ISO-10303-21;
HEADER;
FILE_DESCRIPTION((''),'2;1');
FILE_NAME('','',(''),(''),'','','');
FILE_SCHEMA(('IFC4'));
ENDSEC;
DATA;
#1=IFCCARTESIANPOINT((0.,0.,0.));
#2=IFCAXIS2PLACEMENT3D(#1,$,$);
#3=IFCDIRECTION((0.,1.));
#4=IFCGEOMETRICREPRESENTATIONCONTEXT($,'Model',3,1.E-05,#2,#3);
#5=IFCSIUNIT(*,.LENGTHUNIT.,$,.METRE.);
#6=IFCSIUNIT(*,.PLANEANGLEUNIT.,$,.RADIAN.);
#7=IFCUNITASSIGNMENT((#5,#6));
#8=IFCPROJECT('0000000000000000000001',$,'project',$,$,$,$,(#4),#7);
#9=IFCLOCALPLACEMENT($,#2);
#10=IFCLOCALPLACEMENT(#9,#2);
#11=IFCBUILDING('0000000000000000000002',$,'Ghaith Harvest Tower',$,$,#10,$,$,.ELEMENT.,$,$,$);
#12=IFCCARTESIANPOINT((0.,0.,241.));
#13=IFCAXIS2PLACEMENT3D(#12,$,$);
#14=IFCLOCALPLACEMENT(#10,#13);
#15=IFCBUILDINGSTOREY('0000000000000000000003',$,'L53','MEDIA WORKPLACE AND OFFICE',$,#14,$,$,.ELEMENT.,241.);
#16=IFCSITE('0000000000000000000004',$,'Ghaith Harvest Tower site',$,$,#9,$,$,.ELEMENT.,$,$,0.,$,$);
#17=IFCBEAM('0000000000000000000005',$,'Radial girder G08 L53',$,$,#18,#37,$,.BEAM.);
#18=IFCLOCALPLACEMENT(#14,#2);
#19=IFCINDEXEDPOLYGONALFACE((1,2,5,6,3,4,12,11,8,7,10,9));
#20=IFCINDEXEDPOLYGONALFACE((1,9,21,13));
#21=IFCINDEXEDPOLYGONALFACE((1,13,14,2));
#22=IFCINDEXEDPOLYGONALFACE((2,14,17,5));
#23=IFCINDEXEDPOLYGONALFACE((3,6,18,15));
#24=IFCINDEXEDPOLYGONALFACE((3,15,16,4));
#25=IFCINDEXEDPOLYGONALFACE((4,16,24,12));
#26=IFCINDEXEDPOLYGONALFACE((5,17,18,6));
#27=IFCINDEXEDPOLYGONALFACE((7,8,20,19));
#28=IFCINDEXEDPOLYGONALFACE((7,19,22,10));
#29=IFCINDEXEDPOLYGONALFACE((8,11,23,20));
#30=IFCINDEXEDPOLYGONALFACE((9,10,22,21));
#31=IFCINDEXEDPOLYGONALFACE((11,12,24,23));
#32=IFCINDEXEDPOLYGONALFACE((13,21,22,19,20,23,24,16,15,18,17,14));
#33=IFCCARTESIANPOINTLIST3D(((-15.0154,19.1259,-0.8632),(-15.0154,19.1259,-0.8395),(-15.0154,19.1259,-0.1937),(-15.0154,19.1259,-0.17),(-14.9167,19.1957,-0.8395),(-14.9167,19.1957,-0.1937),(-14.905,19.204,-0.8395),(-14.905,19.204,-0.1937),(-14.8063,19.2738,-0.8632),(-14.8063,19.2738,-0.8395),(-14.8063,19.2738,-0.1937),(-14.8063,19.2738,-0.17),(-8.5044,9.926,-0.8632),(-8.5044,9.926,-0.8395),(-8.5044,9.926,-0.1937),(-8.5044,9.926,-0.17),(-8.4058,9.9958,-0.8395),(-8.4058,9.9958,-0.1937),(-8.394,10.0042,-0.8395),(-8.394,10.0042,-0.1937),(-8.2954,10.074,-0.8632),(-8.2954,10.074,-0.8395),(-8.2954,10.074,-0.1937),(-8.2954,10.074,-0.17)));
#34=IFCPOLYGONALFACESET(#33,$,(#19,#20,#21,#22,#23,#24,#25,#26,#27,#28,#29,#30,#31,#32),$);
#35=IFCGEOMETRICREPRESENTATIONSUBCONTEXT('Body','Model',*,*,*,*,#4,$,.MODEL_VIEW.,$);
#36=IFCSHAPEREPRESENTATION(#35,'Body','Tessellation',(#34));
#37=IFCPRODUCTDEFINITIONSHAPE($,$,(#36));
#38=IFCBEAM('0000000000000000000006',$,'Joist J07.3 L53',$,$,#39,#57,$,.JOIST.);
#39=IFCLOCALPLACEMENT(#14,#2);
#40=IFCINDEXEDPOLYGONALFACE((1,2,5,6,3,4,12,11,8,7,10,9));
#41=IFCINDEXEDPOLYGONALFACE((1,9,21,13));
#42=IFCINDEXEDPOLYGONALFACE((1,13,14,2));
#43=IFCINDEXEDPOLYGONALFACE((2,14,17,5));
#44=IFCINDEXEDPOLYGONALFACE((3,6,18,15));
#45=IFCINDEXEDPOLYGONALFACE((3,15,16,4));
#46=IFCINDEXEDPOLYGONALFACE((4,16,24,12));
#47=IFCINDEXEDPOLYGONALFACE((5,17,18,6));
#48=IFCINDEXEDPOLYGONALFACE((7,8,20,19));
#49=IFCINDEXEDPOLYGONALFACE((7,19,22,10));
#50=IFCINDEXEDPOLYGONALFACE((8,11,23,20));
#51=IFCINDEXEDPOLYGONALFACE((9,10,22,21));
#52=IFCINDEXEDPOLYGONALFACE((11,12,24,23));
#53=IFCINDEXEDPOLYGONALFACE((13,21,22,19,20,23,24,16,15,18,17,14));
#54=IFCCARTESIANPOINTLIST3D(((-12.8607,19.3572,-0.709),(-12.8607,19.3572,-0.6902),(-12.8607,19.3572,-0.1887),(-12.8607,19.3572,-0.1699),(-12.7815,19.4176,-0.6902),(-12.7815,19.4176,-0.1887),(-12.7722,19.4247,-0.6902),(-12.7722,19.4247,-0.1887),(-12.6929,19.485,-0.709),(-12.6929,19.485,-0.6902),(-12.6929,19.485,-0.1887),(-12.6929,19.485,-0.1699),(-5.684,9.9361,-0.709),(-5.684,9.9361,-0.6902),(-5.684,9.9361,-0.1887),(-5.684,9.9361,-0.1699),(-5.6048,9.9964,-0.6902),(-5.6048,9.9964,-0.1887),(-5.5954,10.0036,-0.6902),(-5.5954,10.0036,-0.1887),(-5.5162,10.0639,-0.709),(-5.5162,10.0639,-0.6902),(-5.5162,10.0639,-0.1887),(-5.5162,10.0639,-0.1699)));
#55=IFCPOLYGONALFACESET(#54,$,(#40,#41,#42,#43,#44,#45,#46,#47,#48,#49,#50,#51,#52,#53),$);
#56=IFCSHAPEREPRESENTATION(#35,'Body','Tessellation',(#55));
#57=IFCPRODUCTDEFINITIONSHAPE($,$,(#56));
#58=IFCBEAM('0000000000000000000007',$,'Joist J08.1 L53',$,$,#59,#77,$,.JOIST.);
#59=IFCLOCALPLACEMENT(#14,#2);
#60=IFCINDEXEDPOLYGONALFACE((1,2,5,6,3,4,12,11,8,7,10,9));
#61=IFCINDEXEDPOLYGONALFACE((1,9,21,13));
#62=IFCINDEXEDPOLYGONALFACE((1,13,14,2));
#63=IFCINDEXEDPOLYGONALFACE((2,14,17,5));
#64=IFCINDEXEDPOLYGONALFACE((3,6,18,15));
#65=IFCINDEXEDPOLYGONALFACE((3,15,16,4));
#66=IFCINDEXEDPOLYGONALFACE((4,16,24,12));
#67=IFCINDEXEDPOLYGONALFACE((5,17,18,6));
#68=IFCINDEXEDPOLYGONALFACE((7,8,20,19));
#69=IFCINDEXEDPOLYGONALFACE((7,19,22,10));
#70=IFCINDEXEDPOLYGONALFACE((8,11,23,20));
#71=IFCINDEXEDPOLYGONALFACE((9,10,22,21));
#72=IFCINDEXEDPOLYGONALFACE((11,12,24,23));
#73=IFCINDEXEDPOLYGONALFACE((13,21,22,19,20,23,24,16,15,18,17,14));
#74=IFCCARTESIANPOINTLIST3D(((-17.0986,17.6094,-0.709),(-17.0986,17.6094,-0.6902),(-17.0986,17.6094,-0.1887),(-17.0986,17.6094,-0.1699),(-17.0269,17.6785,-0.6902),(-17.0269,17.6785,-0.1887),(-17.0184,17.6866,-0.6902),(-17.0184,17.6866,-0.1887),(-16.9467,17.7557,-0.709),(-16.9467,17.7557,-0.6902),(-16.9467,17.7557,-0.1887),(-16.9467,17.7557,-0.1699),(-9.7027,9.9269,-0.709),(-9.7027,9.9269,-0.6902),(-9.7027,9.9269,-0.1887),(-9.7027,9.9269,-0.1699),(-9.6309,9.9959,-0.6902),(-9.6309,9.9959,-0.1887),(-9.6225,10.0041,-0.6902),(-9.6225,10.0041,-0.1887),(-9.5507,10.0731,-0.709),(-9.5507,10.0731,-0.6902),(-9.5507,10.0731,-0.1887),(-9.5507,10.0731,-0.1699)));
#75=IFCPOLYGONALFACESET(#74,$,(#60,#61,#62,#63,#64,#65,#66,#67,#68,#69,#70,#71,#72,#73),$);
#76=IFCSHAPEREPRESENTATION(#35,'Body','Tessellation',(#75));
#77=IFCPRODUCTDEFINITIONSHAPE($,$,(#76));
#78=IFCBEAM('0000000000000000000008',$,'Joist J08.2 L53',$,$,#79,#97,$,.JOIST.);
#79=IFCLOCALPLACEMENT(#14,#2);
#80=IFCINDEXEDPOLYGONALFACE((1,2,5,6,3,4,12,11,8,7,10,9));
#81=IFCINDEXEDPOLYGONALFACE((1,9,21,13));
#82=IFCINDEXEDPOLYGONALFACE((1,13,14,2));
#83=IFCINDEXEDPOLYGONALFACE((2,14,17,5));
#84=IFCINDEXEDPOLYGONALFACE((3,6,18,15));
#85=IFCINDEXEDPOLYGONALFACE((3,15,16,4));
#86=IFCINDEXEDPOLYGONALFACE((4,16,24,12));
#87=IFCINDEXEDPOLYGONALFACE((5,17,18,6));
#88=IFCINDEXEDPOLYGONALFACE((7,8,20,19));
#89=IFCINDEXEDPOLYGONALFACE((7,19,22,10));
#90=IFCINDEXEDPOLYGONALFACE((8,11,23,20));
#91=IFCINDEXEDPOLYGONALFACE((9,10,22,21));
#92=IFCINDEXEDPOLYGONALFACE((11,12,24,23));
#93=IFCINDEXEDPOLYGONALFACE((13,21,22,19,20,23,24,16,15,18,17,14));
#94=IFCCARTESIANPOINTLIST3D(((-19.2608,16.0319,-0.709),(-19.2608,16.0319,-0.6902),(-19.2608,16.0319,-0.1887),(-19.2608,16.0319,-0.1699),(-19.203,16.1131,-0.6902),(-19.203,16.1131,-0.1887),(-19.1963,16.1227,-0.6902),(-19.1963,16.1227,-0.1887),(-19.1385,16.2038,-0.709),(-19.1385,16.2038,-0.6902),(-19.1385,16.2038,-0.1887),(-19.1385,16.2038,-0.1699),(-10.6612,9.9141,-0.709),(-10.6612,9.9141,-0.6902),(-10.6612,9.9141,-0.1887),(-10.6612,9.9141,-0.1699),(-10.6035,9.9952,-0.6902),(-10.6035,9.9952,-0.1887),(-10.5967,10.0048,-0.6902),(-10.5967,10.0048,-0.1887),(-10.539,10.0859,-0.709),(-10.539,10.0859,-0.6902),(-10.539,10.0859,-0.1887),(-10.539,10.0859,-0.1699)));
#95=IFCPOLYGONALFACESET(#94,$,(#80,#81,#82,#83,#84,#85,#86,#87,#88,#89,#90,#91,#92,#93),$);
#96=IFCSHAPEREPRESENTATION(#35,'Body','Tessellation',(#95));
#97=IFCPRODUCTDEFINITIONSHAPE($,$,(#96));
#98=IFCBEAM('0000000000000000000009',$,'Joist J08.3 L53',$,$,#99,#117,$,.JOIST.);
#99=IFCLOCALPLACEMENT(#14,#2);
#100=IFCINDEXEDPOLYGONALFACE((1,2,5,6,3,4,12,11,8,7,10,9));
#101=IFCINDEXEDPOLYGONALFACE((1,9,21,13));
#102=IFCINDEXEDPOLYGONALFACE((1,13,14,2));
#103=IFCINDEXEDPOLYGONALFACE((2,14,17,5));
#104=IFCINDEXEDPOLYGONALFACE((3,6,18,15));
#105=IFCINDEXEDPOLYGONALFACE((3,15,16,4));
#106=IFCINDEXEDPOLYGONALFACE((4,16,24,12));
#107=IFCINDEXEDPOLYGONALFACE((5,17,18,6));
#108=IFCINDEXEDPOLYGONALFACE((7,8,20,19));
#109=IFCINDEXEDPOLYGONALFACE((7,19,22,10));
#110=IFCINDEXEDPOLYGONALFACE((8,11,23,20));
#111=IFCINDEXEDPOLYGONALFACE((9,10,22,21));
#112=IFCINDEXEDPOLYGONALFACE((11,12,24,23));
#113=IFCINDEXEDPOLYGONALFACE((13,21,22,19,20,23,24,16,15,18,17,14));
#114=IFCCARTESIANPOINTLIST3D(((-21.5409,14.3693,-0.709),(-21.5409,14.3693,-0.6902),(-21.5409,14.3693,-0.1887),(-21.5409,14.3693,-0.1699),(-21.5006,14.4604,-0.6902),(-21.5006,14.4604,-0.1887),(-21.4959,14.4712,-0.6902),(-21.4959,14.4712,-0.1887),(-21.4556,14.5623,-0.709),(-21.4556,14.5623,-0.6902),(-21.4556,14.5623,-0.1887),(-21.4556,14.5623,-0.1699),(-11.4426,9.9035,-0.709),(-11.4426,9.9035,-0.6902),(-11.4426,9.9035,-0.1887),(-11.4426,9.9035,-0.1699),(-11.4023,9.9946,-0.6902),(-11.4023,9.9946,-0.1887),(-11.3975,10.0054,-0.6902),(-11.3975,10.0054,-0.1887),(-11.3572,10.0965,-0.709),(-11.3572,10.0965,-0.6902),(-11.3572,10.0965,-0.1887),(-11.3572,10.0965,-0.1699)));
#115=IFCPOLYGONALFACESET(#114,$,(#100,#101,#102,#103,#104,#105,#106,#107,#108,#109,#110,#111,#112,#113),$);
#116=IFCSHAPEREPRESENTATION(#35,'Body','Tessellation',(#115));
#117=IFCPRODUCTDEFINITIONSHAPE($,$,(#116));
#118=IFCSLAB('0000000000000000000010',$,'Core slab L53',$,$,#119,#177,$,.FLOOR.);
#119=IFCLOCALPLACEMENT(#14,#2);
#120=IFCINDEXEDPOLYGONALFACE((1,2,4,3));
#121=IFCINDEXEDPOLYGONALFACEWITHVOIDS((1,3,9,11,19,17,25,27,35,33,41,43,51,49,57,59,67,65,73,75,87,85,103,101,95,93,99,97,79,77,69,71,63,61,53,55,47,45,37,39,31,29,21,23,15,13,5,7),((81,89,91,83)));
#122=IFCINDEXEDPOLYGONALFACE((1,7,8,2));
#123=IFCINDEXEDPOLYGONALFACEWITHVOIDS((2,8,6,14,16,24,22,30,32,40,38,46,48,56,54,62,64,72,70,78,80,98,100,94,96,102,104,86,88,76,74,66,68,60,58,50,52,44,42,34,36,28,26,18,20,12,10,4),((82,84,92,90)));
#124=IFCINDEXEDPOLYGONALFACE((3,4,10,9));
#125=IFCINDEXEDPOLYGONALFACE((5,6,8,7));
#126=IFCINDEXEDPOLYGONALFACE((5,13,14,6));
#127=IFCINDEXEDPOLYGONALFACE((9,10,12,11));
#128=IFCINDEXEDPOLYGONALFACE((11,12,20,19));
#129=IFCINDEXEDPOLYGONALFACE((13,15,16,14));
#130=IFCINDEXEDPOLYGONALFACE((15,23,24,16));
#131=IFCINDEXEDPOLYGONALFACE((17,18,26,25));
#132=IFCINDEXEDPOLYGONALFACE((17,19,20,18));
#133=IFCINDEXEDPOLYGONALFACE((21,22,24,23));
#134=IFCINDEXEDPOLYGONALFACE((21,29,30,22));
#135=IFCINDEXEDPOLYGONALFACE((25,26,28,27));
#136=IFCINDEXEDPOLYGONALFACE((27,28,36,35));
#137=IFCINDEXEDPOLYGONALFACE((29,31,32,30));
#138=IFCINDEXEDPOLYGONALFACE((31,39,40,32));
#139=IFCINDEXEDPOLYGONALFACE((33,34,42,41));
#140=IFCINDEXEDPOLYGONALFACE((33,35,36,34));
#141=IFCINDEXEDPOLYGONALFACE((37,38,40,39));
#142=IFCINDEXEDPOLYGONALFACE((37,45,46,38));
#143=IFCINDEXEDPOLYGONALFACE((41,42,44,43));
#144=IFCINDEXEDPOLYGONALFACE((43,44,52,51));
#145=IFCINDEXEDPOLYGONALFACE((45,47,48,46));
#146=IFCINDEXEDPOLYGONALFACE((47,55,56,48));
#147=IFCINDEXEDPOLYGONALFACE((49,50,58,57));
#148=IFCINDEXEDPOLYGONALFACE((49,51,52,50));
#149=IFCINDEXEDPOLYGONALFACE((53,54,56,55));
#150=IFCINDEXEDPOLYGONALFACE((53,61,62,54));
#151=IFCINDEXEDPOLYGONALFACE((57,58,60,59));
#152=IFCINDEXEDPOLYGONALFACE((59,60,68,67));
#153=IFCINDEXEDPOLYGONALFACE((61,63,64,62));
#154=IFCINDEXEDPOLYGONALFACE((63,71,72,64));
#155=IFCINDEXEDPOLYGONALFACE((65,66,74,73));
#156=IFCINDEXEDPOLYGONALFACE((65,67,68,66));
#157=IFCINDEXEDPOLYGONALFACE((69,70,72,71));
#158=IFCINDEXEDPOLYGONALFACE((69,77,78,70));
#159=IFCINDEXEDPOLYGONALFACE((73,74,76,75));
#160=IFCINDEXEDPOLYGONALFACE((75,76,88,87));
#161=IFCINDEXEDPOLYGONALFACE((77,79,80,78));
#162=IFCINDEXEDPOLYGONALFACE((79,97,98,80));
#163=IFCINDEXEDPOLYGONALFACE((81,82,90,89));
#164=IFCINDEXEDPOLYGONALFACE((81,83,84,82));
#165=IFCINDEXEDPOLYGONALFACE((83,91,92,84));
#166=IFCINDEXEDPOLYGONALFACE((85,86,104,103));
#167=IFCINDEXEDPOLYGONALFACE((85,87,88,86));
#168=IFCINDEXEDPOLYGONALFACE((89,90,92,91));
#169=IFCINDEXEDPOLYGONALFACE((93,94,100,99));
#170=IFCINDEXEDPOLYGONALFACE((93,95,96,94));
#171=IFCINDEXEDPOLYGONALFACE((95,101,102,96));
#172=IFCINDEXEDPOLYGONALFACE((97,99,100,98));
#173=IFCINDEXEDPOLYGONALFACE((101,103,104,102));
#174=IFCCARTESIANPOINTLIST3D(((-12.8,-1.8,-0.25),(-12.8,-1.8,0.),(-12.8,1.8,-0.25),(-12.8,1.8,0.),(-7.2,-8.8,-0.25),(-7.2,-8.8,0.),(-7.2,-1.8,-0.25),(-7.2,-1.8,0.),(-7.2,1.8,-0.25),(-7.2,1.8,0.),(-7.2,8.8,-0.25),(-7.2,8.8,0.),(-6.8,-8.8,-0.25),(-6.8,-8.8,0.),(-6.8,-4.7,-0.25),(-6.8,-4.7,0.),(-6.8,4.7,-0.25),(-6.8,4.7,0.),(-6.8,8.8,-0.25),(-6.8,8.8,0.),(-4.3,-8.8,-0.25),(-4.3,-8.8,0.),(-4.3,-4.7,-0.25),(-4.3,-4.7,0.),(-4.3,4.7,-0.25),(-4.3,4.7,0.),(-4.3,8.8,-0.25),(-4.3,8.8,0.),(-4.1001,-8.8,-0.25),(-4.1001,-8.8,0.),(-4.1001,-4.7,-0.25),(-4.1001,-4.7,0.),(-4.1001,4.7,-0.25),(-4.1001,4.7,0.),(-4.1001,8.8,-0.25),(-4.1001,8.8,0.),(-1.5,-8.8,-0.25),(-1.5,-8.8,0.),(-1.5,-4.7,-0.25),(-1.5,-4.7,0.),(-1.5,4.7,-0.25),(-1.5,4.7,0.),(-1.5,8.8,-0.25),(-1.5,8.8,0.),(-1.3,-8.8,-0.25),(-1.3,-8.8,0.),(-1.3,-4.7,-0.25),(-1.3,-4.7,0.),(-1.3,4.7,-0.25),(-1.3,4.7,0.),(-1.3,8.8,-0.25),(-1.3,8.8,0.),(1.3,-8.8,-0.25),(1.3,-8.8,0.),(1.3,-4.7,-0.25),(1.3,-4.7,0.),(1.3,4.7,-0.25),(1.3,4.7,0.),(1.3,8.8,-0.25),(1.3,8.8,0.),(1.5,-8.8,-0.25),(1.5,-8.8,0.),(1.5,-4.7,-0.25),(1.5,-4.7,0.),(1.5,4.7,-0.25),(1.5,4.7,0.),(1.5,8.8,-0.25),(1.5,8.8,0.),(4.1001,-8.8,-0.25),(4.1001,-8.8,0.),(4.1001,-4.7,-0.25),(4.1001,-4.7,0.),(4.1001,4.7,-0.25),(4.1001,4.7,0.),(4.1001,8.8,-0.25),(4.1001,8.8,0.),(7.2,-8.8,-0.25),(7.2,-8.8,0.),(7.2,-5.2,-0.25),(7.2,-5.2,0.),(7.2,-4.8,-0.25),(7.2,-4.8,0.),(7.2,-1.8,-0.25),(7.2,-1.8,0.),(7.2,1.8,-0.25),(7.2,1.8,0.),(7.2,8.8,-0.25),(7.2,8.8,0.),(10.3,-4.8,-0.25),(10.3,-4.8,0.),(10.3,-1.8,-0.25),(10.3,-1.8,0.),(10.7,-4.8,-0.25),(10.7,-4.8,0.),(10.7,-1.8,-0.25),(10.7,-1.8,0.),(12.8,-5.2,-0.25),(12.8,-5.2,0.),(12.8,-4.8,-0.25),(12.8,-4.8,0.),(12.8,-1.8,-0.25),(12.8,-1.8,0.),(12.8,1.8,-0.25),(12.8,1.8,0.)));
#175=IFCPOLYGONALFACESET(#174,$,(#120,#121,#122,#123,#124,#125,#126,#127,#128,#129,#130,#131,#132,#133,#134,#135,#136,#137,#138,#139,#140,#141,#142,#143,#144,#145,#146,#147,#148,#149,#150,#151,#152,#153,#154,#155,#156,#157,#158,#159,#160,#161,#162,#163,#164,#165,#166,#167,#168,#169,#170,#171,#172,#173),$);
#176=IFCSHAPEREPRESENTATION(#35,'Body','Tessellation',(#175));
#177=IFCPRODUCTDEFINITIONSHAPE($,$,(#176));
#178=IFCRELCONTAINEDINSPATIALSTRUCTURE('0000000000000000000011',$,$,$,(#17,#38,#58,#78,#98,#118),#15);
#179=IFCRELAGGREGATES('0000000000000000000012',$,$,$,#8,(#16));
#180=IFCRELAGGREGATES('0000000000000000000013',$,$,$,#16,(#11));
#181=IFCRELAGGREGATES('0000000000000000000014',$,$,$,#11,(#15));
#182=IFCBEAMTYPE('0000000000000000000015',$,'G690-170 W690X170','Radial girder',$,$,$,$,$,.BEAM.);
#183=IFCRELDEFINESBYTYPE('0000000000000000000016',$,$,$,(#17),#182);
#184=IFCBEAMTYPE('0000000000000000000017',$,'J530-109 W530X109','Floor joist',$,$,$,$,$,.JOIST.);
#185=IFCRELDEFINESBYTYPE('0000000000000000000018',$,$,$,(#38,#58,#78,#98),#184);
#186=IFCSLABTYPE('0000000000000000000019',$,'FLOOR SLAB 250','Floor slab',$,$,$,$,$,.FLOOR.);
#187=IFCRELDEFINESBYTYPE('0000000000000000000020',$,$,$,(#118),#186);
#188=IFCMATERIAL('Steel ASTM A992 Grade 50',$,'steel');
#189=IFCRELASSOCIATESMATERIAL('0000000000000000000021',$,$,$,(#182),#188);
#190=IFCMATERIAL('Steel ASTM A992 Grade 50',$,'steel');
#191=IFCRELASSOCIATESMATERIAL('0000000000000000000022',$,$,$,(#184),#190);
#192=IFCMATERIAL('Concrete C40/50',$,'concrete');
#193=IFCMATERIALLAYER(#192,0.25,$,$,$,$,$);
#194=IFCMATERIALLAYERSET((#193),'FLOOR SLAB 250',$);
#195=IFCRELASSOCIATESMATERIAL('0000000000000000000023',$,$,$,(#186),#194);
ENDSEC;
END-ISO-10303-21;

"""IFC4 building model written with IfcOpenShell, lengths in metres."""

from ifc_helpers import new_model, si_unit, direction, frame, origin, origin_2d, place, context, subcontext, project, spatial, polyline, i_section, outline, extrude, material, layer, layer_set, material_profile, profile_set, type_object, element, save


model = new_model("IFC4")

# Units and contexts
model_context = context("Model", 3, precision=1e-05, world=origin(), true_north=direction((0.0, 1.0)))
body_context = subcontext(model_context, "Body", "Model", "MODEL_VIEW")
ifc_project = project(units=[si_unit("LENGTHUNIT", "METRE"), si_unit("PLANEANGLEUNIT", "RADIAN")], contexts=[model_context])

# Site, building, storey
site_placement = place(None, origin())
site = spatial("IfcSite", under=ifc_project, at=site_placement, Name="Ghaith Harvest Tower site", CompositionType="ELEMENT", RefElevation=0.0)
building_placement = place(site_placement, origin())
building = spatial("IfcBuilding", under=site, at=building_placement, Name="Ghaith Harvest Tower", CompositionType="ELEMENT")
storey_placement = place(building_placement, frame((0.0, 0.0, 241.0)))
storey = spatial("IfcBuildingStorey", under=building, at=storey_placement, Name="L53", Description="MEDIA WORKPLACE AND OFFICE", CompositionType="ELEMENT", Elevation=241.0)

# Beams
ifc_material_1 = material(Name="Steel ASTM A992 Grade 50", Category="steel")
ifc_material_profile_1 = material_profile(ifc_material_1, i_section(OverallWidth=0.2561, OverallDepth=0.6931, WebThickness=0.0144, FlangeThickness=0.0237, at=origin_2d()), Name="W690X170")
ifc_profile_set_1 = profile_set([ifc_material_profile_1], Name="Steel ASTM A992 Grade 50")
beam_type_1 = type_object("IfcBeamType", Name="G690-170 W690X170", Description="Radial girder", PredefinedType="BEAM", material=ifc_profile_set_1)
beam_1_placement = place(storey_placement, frame((-8.3999, 10.0, -0.5166), z_axis=(-0.577684, 0.816261, 0.0), x_axis=(-0.816261, -0.577684, 0.0)))
element("IfcBeam", 1, at=beam_1_placement, inside=storey, type_object=beam_type_1, Name="Radial girder G08 L53", PredefinedType="BEAM", context=body_context, shape_type="SweptSolid", body=[
    extrude(i_section(OverallWidth=0.2561, OverallDepth=0.6931, WebThickness=0.0144, FlangeThickness=0.0237, at=origin_2d()), origin(), (0.0, 0.0, 1.0), 11.2708),
])
ifc_material_2 = material(Name="Steel ASTM A992 Grade 50", Category="steel")
ifc_material_profile_2 = material_profile(ifc_material_2, i_section(OverallWidth=0.2109, OverallDepth=0.5391, WebThickness=0.0117, FlangeThickness=0.0188, at=origin_2d()), Name="W530X109")
ifc_profile_set_2 = profile_set([ifc_material_profile_2], Name="Steel ASTM A992 Grade 50")
beam_type_2 = type_object("IfcBeamType", Name="J530-109 W530X109", Description="Floor joist", PredefinedType="JOIST", material=ifc_profile_set_2)
beam_2_placement = place(storey_placement, frame((-5.6001, 10.0, -0.4395), z_axis=(-0.605976, 0.795483, 0.0), x_axis=(-0.795483, -0.605976, 0.0)))
element("IfcBeam", 2, at=beam_2_placement, inside=storey, type_object=beam_type_2, Name="Joist J07.3 L53", PredefinedType="JOIST", context=body_context, shape_type="SweptSolid", body=[
    extrude(i_section(OverallWidth=0.2109, OverallDepth=0.5391, WebThickness=0.0117, FlangeThickness=0.0188, at=origin_2d()), origin(), (0.0, 0.0, 1.0), 11.8433),
])
beam_3_placement = place(storey_placement, frame((-9.6267, 10.0, -0.4395), z_axis=(-0.69354, 0.720418, 0.0), x_axis=(-0.720418, -0.69354, 0.0)))
element("IfcBeam", 3, at=beam_3_placement, inside=storey, type_object=beam_type_2, Name="Joist J08.1 L53", PredefinedType="JOIST", context=body_context, shape_type="SweptSolid", body=[
    extrude(i_section(OverallWidth=0.2109, OverallDepth=0.5391, WebThickness=0.0117, FlangeThickness=0.0188, at=origin_2d()), origin(), (0.0, 0.0, 1.0), 10.6641),
])
beam_4_placement = place(storey_placement, frame((-10.6001, 10.0, -0.4395), z_axis=(-0.814837, 0.57969, 0.0), x_axis=(-0.57969, -0.814837, 0.0)))
element("IfcBeam", 4, at=beam_4_placement, inside=storey, type_object=beam_type_2, Name="Joist J08.2 L53", PredefinedType="JOIST", context=body_context, shape_type="SweptSolid", body=[
    extrude(i_section(OverallWidth=0.2109, OverallDepth=0.5391, WebThickness=0.0117, FlangeThickness=0.0188, at=origin_2d()), origin(), (0.0, 0.0, 1.0), 10.5537),
])
beam_5_placement = place(storey_placement, frame((-11.3999, 10.0, -0.4395), z_axis=(-0.914561, 0.404447, 0.0), x_axis=(-0.404447, -0.914561, 0.0)))
element("IfcBeam", 5, at=beam_5_placement, inside=storey, type_object=beam_type_2, Name="Joist J08.3 L53", PredefinedType="JOIST", context=body_context, shape_type="SweptSolid", body=[
    extrude(i_section(OverallWidth=0.2109, OverallDepth=0.5391, WebThickness=0.0117, FlangeThickness=0.0188, at=origin_2d()), origin(), (0.0, 0.0, 1.0), 11.0417),
])

# Slab
ifc_material_3 = material(Name="Concrete C40/50", Category="concrete")
ifc_layer_1 = layer(ifc_material_3, 0.25)
ifc_layer_set_1 = layer_set([ifc_layer_1], Name="FLOOR SLAB 250")
slab_type_1 = type_object("IfcSlabType", Name="FLOOR SLAB 250", Description="Floor slab", PredefinedType="FLOOR", material=ifc_layer_set_1)
slab_1_placement = place(storey_placement, frame((0.0, 0.0, -0.25)))
element("IfcSlab", 6, at=slab_1_placement, inside=storey, type_object=slab_type_1, Name="Core slab L53", PredefinedType="FLOOR", context=body_context, shape_type="SweptSolid", body=[
    extrude(outline(polyline([(-12.8, 1.8), (-7.2, 1.8), (-7.2, 8.8), (-6.8, 8.8), (-6.8, 4.7), (-4.3, 4.7), (-4.3, 8.8), (-4.1001, 8.8), (-4.1001, 4.7), (-1.5, 4.7), (-1.5, 8.8), (-1.3, 8.8), (-1.3, 4.7), (1.3, 4.7), (1.3, 8.8), (1.5, 8.8), (1.5, 4.7), (4.1001, 4.7), (4.1001, 8.8), (7.2, 8.8), (7.2, 1.8), (12.8, 1.8), (12.8, -1.8), (10.7, -1.8), (10.7, -4.8), (12.8, -4.8), (12.8, -5.2), (7.2, -5.2), (7.2, -8.8), (4.1001, -8.8), (4.1001, -4.7), (1.5, -4.7), (1.5, -8.8), (1.3, -8.8), (1.3, -4.7), (-1.3, -4.7), (-1.3, -8.8), (-1.5, -8.8), (-1.5, -4.7), (-4.1001, -4.7), (-4.1001, -8.8), (-4.3, -8.8), (-4.3, -4.7), (-6.8, -4.7), (-6.8, -8.8), (-7.2, -8.8), (-7.2, -1.8), (-12.8, -1.8), (-12.8, 1.8)]), holes=[polyline([(10.3, -4.8), (10.3, -1.8), (7.2, -1.8), (7.2, -4.8), (10.3, -4.8)])]), origin(), (0.0, 0.0, 1.0), 0.25),
])

save(model, "model.ifc")
